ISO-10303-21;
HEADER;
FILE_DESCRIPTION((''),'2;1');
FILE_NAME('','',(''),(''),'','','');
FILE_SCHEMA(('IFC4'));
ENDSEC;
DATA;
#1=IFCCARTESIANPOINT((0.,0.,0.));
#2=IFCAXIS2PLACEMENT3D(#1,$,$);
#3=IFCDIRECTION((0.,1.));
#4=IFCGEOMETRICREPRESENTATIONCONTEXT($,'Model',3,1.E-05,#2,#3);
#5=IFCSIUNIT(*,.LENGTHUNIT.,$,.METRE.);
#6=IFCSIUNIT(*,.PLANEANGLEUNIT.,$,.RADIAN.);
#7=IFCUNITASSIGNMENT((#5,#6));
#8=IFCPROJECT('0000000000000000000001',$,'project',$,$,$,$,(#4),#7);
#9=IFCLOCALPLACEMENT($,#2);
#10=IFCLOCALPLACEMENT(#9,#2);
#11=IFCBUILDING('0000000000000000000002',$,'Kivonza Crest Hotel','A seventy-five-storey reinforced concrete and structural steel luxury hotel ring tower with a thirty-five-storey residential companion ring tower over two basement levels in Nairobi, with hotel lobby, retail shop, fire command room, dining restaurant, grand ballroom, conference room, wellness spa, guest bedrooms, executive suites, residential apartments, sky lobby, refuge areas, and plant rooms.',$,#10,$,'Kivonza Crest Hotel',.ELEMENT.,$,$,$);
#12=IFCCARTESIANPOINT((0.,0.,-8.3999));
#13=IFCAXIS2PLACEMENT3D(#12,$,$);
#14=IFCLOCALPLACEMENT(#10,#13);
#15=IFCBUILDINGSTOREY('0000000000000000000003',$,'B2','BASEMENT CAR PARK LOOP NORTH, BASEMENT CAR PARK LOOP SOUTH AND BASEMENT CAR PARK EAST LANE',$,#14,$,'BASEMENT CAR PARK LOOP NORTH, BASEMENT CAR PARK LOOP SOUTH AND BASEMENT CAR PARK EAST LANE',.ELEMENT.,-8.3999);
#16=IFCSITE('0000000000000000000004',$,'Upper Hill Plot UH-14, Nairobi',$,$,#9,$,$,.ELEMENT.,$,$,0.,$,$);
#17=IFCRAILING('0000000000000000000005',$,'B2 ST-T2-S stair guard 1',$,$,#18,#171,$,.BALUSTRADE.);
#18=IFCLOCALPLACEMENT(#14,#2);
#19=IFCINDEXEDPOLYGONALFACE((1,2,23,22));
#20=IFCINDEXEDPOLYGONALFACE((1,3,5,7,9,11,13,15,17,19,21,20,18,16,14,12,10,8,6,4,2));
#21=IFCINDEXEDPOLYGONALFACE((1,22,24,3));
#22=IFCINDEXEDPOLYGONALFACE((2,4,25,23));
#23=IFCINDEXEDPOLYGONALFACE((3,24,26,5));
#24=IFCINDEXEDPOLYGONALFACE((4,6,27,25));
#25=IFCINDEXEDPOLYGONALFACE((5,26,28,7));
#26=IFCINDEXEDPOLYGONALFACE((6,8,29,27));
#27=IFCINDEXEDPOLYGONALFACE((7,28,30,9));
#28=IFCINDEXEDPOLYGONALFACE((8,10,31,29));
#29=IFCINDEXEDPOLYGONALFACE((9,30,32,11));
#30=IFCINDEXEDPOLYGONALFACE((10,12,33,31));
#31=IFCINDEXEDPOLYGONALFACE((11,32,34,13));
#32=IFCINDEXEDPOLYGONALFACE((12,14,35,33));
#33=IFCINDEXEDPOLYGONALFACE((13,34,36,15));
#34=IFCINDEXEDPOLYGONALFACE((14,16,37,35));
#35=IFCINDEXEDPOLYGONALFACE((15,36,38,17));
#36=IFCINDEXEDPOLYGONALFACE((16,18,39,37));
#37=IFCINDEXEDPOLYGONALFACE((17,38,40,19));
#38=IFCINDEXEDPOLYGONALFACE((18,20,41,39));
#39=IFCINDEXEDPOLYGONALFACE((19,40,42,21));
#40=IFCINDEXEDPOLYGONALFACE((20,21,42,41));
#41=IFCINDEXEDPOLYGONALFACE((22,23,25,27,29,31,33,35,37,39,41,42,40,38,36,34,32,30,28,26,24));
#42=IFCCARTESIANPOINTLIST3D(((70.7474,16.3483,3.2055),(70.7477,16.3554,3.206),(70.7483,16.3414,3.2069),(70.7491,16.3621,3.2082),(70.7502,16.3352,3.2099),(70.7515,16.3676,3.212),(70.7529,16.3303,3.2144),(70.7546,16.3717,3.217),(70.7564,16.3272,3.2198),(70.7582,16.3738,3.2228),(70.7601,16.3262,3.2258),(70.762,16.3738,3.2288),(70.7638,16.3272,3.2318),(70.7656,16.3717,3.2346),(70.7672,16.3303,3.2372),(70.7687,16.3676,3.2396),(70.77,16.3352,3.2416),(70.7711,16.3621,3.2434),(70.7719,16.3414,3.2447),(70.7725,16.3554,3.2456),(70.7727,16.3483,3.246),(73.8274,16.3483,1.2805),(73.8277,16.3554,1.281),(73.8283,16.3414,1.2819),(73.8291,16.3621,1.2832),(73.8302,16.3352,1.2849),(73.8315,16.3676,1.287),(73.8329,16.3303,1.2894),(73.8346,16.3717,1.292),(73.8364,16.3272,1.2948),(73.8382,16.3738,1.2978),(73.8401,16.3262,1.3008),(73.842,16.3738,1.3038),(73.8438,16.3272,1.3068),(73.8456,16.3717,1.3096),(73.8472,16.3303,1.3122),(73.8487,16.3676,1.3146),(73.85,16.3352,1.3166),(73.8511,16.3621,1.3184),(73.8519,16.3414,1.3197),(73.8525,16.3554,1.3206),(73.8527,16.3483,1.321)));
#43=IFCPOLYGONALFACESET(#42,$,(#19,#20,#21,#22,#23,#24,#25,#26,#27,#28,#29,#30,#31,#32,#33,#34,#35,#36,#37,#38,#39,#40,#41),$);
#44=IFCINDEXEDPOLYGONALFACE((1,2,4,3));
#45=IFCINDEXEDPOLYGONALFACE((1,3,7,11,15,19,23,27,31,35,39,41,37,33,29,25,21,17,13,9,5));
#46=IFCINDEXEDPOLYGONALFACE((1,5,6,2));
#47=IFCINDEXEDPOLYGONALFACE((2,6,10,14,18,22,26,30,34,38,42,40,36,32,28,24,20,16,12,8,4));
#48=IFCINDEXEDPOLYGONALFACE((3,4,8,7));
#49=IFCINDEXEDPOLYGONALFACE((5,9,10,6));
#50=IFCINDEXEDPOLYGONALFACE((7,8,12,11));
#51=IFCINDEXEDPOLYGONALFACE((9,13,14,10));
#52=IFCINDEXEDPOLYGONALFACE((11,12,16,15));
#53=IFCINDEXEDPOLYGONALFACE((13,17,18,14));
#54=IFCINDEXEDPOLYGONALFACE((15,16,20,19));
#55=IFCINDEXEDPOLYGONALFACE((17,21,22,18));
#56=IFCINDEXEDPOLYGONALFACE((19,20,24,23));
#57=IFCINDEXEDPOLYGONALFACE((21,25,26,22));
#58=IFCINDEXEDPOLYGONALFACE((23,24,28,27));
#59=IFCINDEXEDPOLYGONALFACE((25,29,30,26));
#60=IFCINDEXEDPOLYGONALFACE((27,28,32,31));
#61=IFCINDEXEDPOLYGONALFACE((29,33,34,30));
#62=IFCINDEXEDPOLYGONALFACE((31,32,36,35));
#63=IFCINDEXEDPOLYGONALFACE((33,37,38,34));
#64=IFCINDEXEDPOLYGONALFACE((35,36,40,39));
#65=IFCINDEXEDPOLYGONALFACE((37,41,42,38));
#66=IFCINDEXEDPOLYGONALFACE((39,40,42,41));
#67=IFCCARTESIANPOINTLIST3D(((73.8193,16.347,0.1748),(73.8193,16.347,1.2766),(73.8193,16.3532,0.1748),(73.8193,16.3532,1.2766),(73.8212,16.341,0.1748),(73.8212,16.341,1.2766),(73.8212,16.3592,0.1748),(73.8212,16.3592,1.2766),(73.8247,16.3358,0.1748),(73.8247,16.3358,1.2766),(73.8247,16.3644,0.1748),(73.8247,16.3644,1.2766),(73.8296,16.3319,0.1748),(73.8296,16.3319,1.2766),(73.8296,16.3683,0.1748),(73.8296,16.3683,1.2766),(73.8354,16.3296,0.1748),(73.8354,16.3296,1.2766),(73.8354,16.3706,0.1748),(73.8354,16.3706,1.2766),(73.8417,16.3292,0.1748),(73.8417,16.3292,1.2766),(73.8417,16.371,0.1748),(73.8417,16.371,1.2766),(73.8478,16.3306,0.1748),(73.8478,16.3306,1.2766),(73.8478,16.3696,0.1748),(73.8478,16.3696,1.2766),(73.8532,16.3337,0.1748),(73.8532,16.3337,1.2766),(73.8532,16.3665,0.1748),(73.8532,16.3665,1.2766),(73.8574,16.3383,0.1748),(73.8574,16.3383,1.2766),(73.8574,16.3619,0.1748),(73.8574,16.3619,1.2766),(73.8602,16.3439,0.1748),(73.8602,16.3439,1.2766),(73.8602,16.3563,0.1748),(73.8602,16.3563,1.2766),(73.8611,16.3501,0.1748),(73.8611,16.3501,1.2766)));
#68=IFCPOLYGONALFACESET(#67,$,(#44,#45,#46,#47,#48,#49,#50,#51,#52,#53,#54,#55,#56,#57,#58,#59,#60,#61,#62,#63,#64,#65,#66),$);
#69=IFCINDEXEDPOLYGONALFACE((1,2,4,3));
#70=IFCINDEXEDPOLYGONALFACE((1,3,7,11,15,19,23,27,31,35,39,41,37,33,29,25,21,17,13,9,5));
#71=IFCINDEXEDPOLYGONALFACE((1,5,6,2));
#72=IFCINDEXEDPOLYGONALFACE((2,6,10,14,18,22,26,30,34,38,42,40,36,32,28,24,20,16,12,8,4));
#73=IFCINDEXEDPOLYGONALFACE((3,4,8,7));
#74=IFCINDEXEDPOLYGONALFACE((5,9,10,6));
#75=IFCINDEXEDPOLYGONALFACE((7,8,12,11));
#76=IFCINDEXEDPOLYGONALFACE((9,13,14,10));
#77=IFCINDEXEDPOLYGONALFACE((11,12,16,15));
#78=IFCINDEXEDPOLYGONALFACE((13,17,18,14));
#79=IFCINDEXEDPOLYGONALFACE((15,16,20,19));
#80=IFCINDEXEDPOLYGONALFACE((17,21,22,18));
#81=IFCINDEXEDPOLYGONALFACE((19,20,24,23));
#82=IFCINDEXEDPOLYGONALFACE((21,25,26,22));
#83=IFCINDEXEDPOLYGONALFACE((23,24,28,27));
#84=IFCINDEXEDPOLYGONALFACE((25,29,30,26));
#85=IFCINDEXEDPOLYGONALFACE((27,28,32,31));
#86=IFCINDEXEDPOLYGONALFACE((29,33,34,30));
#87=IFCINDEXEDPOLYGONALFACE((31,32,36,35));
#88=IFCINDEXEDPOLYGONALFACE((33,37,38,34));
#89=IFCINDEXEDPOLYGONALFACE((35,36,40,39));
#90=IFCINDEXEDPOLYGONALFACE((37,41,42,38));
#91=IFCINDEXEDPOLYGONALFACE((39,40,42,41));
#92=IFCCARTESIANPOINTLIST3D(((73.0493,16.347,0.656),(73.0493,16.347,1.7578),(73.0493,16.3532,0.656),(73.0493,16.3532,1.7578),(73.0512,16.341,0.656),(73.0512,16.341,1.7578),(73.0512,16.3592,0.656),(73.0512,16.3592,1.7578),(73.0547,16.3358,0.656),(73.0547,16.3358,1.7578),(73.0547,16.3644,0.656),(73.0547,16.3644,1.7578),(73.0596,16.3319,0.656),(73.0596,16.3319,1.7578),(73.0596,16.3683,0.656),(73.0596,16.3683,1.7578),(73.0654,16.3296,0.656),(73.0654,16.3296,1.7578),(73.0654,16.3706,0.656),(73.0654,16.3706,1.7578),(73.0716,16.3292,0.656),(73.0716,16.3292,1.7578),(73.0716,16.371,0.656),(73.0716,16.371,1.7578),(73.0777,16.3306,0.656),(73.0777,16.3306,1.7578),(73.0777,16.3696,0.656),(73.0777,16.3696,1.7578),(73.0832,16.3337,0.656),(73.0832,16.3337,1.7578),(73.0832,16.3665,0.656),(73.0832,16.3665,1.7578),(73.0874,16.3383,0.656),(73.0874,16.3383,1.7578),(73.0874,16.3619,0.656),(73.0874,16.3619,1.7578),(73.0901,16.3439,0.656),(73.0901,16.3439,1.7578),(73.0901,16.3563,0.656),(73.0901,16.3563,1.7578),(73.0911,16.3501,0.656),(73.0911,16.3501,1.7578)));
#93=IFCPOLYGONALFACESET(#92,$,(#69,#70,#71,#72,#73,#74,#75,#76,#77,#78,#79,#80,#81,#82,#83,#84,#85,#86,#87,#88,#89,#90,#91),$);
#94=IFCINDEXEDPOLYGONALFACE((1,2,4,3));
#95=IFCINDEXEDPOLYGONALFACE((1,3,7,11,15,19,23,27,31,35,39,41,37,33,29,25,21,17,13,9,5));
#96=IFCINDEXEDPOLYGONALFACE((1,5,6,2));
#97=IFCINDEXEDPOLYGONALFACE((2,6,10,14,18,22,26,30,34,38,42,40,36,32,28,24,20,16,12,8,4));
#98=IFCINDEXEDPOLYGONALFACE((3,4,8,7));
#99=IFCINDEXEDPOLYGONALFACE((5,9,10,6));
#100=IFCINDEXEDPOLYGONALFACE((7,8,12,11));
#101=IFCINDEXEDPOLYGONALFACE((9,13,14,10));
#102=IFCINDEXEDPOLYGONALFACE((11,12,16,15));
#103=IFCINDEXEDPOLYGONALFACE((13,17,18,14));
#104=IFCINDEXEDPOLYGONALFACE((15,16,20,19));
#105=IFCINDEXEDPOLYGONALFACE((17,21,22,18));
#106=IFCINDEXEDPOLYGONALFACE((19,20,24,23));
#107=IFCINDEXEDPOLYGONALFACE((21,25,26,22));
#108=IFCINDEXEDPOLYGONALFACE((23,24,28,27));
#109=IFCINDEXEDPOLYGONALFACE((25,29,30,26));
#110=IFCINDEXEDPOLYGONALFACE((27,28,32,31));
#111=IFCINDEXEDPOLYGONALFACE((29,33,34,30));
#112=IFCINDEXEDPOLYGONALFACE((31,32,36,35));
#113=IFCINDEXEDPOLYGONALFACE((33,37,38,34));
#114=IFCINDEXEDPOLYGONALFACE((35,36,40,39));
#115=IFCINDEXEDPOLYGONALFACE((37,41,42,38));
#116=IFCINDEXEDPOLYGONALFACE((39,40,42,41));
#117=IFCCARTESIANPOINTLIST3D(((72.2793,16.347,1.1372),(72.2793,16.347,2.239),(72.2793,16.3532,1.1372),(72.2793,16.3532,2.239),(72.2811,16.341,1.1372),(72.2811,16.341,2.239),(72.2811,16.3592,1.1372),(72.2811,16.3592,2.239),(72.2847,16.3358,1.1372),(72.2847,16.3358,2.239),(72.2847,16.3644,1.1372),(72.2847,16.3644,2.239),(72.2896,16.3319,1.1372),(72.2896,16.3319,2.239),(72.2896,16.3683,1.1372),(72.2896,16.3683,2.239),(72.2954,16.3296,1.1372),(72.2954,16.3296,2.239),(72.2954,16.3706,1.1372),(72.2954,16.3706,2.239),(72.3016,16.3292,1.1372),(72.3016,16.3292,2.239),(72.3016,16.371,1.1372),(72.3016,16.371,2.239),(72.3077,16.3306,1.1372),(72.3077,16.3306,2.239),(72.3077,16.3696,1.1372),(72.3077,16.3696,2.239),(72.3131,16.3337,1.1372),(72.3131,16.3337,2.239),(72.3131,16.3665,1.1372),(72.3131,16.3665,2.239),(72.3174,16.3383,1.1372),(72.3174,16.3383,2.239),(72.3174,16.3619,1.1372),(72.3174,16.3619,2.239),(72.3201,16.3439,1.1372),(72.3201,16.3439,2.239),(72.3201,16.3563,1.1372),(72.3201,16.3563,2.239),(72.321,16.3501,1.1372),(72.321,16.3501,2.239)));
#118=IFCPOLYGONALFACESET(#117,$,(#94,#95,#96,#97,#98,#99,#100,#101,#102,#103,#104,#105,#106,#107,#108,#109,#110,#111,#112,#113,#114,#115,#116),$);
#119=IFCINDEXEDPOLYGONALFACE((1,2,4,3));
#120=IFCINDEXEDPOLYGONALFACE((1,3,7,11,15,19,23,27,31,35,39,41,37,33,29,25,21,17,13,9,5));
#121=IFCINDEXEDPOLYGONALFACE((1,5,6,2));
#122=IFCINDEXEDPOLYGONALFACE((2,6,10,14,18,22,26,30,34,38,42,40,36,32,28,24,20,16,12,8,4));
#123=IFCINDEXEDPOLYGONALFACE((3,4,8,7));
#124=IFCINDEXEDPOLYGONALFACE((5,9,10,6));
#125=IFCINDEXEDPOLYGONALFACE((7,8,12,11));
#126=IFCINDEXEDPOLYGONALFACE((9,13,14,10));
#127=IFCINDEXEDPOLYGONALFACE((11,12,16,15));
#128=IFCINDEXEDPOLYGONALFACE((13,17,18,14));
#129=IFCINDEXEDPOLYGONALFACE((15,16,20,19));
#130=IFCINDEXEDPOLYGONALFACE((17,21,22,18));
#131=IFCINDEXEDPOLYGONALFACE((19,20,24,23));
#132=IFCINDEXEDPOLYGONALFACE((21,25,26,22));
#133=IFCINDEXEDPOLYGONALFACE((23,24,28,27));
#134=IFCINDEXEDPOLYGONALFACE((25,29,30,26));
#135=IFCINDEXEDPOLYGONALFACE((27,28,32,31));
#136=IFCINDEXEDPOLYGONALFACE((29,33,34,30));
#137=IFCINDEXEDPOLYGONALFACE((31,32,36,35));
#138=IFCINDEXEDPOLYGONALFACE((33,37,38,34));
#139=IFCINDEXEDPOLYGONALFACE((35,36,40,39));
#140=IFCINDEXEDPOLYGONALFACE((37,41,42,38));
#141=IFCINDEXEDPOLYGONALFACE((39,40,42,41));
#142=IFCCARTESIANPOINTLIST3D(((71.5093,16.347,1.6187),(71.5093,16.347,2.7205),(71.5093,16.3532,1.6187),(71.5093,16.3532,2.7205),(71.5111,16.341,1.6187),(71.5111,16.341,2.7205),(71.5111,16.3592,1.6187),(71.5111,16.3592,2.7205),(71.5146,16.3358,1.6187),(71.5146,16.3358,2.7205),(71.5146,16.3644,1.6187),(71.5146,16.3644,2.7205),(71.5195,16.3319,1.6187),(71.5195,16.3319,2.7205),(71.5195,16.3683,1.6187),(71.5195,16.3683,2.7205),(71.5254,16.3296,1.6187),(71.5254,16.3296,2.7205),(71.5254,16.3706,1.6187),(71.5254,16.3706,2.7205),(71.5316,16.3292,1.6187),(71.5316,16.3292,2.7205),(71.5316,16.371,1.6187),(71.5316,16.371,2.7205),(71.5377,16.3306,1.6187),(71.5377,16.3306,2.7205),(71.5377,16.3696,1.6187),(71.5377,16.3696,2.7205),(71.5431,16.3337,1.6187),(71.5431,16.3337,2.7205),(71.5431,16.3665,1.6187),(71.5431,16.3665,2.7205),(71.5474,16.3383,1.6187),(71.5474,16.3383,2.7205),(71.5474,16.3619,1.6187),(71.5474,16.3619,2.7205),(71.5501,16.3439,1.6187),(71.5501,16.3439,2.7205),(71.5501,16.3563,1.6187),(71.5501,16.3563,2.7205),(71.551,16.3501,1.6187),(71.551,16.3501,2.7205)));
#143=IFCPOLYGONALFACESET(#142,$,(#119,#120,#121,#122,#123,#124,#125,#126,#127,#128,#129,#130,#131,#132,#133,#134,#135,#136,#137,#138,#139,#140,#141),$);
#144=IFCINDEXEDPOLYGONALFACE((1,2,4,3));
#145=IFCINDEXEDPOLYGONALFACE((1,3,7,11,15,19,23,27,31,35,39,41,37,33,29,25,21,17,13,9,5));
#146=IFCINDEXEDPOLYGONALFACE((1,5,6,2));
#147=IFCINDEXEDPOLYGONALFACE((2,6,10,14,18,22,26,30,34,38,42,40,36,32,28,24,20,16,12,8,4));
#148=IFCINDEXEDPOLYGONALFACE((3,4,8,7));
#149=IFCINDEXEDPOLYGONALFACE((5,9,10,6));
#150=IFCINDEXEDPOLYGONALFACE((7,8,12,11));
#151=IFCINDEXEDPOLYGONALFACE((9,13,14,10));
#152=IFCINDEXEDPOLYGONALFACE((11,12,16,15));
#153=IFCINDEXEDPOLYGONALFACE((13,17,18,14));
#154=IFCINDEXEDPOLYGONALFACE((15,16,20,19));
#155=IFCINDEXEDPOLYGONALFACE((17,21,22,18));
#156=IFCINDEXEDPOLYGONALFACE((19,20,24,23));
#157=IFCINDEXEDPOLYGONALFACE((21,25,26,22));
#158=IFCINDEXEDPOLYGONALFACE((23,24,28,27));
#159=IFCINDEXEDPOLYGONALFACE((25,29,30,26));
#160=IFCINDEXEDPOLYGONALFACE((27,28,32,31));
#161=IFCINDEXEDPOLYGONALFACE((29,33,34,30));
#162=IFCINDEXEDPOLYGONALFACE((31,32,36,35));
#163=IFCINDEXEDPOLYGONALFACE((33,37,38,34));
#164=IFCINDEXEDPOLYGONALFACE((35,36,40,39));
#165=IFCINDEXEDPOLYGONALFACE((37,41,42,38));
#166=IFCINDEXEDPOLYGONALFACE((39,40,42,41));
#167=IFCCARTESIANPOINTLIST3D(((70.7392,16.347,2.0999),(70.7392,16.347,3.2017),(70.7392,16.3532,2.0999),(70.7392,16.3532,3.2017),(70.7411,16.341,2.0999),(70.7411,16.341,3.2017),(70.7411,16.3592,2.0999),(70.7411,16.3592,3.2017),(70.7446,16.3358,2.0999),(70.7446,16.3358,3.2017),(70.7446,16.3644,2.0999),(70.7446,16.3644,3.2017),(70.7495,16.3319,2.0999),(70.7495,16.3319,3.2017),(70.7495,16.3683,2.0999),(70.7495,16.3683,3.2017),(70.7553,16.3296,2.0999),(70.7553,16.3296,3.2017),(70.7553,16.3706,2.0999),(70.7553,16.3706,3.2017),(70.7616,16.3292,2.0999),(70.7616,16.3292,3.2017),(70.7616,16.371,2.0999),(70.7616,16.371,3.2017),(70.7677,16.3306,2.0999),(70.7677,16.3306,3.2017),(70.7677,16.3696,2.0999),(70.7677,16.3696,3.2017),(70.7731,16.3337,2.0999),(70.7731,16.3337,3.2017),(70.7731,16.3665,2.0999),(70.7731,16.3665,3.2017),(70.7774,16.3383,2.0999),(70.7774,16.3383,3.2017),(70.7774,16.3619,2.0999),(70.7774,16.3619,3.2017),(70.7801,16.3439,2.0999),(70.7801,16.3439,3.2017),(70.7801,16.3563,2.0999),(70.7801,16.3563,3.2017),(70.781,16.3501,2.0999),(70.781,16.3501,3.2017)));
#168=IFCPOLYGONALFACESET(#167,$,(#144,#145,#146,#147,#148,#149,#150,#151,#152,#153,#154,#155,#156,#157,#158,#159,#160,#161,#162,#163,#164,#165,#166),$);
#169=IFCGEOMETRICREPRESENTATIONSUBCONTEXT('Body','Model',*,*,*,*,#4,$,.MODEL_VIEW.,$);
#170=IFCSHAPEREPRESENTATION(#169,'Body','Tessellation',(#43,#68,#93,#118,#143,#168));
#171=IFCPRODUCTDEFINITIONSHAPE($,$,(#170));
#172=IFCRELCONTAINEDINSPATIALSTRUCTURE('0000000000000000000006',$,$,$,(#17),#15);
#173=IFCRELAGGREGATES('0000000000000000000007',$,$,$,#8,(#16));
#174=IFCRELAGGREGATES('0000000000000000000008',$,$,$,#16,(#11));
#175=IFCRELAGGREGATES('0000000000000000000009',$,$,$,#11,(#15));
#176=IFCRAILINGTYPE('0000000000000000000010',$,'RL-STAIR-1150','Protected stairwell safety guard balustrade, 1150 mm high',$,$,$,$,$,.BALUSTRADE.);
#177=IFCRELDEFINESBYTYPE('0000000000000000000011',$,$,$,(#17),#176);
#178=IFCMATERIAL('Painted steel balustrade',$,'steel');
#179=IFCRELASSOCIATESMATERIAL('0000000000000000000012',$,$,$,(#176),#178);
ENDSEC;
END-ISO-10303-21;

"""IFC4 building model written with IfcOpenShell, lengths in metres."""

from ifc_helpers import new_model, si_unit, direction, frame, origin, origin_2d, place, context, subcontext, project, spatial, circle, extrude, material, type_object, element, save


model = new_model("IFC4")

# Units and contexts
model_context = context("Model", 3, precision=1e-05, world=origin(), true_north=direction((0.0, 1.0)))
body_context = subcontext(model_context, "Body", "Model", "MODEL_VIEW")
ifc_project = project(units=[si_unit("LENGTHUNIT", "METRE"), si_unit("PLANEANGLEUNIT", "RADIAN")], contexts=[model_context])

# Site, building, storey
site_placement = place(None, origin())
site = spatial("IfcSite", under=ifc_project, at=site_placement, Name="Upper Hill Plot UH-14, Nairobi", CompositionType="ELEMENT", RefElevation=0.0)
building_placement = place(site_placement, origin())
building = spatial("IfcBuilding", under=site, at=building_placement, Name="Kivonza Crest Hotel", Description="A seventy-five-storey reinforced concrete and structural steel luxury hotel ring tower with a thirty-five-storey residential companion ring tower over two basement levels in Nairobi, with hotel lobby, retail shop, fire command room, dining restaurant, grand ballroom, conference room, wellness spa, guest bedrooms, executive suites, residential apartments, sky lobby, refuge areas, and plant rooms.", LongName="Kivonza Crest Hotel", CompositionType="ELEMENT")
storey_placement = place(building_placement, frame((0.0, 0.0, -8.3999)))
storey = spatial("IfcBuildingStorey", under=building, at=storey_placement, Name="B2", Description="BASEMENT CAR PARK LOOP NORTH, BASEMENT CAR PARK LOOP SOUTH AND BASEMENT CAR PARK EAST LANE", LongName="BASEMENT CAR PARK LOOP NORTH, BASEMENT CAR PARK LOOP SOUTH AND BASEMENT CAR PARK EAST LANE", CompositionType="ELEMENT", Elevation=-8.3999)

# Railing
ifc_material_1 = material(Name="Painted steel balustrade", Category="steel")
railing_type_1 = type_object("IfcRailingType", Name="RL-STAIR-1150", Description="Protected stairwell safety guard balustrade, 1150 mm high", PredefinedType="BALUSTRADE", material=ifc_material_1)
railing_1_placement = place(storey_placement, frame((73.8401, 16.3501, 0.1748)))
element("IfcRailing", 1, at=railing_1_placement, inside=storey, type_object=railing_type_1, Name="B2 ST-T2-S stair guard 1", PredefinedType="BALUSTRADE", context=body_context, shape_type="SweptSolid", body=[
    extrude(circle(Radius=0.0239, at=origin_2d()), frame((0.0, 0.0, 1.126), z_axis=(-0.847998, 0.0, 0.529999), x_axis=(0.0, -1.0, 0.0)), (0.0, 0.0, 1.0), 3.6321),
    extrude(circle(Radius=0.021, at=origin_2d()), origin(), (0.0, 0.0, 1.0), 1.1018),
    extrude(circle(Radius=0.021, at=origin_2d()), frame((-0.77, 0.0, 0.4812)), (0.0, 0.0, 1.0), 1.1018),
    extrude(circle(Radius=0.021, at=origin_2d()), frame((-1.54, 0.0, 0.9624)), (0.0, 0.0, 1.0), 1.1018),
    extrude(circle(Radius=0.021, at=origin_2d()), frame((-2.3101, 0.0, 1.4438)), (0.0, 0.0, 1.0), 1.1018),
    extrude(circle(Radius=0.021, at=origin_2d()), frame((-3.0801, 0.0, 1.925)), (0.0, 0.0, 1.0), 1.1018),
])

save(model, "model.ifc")
